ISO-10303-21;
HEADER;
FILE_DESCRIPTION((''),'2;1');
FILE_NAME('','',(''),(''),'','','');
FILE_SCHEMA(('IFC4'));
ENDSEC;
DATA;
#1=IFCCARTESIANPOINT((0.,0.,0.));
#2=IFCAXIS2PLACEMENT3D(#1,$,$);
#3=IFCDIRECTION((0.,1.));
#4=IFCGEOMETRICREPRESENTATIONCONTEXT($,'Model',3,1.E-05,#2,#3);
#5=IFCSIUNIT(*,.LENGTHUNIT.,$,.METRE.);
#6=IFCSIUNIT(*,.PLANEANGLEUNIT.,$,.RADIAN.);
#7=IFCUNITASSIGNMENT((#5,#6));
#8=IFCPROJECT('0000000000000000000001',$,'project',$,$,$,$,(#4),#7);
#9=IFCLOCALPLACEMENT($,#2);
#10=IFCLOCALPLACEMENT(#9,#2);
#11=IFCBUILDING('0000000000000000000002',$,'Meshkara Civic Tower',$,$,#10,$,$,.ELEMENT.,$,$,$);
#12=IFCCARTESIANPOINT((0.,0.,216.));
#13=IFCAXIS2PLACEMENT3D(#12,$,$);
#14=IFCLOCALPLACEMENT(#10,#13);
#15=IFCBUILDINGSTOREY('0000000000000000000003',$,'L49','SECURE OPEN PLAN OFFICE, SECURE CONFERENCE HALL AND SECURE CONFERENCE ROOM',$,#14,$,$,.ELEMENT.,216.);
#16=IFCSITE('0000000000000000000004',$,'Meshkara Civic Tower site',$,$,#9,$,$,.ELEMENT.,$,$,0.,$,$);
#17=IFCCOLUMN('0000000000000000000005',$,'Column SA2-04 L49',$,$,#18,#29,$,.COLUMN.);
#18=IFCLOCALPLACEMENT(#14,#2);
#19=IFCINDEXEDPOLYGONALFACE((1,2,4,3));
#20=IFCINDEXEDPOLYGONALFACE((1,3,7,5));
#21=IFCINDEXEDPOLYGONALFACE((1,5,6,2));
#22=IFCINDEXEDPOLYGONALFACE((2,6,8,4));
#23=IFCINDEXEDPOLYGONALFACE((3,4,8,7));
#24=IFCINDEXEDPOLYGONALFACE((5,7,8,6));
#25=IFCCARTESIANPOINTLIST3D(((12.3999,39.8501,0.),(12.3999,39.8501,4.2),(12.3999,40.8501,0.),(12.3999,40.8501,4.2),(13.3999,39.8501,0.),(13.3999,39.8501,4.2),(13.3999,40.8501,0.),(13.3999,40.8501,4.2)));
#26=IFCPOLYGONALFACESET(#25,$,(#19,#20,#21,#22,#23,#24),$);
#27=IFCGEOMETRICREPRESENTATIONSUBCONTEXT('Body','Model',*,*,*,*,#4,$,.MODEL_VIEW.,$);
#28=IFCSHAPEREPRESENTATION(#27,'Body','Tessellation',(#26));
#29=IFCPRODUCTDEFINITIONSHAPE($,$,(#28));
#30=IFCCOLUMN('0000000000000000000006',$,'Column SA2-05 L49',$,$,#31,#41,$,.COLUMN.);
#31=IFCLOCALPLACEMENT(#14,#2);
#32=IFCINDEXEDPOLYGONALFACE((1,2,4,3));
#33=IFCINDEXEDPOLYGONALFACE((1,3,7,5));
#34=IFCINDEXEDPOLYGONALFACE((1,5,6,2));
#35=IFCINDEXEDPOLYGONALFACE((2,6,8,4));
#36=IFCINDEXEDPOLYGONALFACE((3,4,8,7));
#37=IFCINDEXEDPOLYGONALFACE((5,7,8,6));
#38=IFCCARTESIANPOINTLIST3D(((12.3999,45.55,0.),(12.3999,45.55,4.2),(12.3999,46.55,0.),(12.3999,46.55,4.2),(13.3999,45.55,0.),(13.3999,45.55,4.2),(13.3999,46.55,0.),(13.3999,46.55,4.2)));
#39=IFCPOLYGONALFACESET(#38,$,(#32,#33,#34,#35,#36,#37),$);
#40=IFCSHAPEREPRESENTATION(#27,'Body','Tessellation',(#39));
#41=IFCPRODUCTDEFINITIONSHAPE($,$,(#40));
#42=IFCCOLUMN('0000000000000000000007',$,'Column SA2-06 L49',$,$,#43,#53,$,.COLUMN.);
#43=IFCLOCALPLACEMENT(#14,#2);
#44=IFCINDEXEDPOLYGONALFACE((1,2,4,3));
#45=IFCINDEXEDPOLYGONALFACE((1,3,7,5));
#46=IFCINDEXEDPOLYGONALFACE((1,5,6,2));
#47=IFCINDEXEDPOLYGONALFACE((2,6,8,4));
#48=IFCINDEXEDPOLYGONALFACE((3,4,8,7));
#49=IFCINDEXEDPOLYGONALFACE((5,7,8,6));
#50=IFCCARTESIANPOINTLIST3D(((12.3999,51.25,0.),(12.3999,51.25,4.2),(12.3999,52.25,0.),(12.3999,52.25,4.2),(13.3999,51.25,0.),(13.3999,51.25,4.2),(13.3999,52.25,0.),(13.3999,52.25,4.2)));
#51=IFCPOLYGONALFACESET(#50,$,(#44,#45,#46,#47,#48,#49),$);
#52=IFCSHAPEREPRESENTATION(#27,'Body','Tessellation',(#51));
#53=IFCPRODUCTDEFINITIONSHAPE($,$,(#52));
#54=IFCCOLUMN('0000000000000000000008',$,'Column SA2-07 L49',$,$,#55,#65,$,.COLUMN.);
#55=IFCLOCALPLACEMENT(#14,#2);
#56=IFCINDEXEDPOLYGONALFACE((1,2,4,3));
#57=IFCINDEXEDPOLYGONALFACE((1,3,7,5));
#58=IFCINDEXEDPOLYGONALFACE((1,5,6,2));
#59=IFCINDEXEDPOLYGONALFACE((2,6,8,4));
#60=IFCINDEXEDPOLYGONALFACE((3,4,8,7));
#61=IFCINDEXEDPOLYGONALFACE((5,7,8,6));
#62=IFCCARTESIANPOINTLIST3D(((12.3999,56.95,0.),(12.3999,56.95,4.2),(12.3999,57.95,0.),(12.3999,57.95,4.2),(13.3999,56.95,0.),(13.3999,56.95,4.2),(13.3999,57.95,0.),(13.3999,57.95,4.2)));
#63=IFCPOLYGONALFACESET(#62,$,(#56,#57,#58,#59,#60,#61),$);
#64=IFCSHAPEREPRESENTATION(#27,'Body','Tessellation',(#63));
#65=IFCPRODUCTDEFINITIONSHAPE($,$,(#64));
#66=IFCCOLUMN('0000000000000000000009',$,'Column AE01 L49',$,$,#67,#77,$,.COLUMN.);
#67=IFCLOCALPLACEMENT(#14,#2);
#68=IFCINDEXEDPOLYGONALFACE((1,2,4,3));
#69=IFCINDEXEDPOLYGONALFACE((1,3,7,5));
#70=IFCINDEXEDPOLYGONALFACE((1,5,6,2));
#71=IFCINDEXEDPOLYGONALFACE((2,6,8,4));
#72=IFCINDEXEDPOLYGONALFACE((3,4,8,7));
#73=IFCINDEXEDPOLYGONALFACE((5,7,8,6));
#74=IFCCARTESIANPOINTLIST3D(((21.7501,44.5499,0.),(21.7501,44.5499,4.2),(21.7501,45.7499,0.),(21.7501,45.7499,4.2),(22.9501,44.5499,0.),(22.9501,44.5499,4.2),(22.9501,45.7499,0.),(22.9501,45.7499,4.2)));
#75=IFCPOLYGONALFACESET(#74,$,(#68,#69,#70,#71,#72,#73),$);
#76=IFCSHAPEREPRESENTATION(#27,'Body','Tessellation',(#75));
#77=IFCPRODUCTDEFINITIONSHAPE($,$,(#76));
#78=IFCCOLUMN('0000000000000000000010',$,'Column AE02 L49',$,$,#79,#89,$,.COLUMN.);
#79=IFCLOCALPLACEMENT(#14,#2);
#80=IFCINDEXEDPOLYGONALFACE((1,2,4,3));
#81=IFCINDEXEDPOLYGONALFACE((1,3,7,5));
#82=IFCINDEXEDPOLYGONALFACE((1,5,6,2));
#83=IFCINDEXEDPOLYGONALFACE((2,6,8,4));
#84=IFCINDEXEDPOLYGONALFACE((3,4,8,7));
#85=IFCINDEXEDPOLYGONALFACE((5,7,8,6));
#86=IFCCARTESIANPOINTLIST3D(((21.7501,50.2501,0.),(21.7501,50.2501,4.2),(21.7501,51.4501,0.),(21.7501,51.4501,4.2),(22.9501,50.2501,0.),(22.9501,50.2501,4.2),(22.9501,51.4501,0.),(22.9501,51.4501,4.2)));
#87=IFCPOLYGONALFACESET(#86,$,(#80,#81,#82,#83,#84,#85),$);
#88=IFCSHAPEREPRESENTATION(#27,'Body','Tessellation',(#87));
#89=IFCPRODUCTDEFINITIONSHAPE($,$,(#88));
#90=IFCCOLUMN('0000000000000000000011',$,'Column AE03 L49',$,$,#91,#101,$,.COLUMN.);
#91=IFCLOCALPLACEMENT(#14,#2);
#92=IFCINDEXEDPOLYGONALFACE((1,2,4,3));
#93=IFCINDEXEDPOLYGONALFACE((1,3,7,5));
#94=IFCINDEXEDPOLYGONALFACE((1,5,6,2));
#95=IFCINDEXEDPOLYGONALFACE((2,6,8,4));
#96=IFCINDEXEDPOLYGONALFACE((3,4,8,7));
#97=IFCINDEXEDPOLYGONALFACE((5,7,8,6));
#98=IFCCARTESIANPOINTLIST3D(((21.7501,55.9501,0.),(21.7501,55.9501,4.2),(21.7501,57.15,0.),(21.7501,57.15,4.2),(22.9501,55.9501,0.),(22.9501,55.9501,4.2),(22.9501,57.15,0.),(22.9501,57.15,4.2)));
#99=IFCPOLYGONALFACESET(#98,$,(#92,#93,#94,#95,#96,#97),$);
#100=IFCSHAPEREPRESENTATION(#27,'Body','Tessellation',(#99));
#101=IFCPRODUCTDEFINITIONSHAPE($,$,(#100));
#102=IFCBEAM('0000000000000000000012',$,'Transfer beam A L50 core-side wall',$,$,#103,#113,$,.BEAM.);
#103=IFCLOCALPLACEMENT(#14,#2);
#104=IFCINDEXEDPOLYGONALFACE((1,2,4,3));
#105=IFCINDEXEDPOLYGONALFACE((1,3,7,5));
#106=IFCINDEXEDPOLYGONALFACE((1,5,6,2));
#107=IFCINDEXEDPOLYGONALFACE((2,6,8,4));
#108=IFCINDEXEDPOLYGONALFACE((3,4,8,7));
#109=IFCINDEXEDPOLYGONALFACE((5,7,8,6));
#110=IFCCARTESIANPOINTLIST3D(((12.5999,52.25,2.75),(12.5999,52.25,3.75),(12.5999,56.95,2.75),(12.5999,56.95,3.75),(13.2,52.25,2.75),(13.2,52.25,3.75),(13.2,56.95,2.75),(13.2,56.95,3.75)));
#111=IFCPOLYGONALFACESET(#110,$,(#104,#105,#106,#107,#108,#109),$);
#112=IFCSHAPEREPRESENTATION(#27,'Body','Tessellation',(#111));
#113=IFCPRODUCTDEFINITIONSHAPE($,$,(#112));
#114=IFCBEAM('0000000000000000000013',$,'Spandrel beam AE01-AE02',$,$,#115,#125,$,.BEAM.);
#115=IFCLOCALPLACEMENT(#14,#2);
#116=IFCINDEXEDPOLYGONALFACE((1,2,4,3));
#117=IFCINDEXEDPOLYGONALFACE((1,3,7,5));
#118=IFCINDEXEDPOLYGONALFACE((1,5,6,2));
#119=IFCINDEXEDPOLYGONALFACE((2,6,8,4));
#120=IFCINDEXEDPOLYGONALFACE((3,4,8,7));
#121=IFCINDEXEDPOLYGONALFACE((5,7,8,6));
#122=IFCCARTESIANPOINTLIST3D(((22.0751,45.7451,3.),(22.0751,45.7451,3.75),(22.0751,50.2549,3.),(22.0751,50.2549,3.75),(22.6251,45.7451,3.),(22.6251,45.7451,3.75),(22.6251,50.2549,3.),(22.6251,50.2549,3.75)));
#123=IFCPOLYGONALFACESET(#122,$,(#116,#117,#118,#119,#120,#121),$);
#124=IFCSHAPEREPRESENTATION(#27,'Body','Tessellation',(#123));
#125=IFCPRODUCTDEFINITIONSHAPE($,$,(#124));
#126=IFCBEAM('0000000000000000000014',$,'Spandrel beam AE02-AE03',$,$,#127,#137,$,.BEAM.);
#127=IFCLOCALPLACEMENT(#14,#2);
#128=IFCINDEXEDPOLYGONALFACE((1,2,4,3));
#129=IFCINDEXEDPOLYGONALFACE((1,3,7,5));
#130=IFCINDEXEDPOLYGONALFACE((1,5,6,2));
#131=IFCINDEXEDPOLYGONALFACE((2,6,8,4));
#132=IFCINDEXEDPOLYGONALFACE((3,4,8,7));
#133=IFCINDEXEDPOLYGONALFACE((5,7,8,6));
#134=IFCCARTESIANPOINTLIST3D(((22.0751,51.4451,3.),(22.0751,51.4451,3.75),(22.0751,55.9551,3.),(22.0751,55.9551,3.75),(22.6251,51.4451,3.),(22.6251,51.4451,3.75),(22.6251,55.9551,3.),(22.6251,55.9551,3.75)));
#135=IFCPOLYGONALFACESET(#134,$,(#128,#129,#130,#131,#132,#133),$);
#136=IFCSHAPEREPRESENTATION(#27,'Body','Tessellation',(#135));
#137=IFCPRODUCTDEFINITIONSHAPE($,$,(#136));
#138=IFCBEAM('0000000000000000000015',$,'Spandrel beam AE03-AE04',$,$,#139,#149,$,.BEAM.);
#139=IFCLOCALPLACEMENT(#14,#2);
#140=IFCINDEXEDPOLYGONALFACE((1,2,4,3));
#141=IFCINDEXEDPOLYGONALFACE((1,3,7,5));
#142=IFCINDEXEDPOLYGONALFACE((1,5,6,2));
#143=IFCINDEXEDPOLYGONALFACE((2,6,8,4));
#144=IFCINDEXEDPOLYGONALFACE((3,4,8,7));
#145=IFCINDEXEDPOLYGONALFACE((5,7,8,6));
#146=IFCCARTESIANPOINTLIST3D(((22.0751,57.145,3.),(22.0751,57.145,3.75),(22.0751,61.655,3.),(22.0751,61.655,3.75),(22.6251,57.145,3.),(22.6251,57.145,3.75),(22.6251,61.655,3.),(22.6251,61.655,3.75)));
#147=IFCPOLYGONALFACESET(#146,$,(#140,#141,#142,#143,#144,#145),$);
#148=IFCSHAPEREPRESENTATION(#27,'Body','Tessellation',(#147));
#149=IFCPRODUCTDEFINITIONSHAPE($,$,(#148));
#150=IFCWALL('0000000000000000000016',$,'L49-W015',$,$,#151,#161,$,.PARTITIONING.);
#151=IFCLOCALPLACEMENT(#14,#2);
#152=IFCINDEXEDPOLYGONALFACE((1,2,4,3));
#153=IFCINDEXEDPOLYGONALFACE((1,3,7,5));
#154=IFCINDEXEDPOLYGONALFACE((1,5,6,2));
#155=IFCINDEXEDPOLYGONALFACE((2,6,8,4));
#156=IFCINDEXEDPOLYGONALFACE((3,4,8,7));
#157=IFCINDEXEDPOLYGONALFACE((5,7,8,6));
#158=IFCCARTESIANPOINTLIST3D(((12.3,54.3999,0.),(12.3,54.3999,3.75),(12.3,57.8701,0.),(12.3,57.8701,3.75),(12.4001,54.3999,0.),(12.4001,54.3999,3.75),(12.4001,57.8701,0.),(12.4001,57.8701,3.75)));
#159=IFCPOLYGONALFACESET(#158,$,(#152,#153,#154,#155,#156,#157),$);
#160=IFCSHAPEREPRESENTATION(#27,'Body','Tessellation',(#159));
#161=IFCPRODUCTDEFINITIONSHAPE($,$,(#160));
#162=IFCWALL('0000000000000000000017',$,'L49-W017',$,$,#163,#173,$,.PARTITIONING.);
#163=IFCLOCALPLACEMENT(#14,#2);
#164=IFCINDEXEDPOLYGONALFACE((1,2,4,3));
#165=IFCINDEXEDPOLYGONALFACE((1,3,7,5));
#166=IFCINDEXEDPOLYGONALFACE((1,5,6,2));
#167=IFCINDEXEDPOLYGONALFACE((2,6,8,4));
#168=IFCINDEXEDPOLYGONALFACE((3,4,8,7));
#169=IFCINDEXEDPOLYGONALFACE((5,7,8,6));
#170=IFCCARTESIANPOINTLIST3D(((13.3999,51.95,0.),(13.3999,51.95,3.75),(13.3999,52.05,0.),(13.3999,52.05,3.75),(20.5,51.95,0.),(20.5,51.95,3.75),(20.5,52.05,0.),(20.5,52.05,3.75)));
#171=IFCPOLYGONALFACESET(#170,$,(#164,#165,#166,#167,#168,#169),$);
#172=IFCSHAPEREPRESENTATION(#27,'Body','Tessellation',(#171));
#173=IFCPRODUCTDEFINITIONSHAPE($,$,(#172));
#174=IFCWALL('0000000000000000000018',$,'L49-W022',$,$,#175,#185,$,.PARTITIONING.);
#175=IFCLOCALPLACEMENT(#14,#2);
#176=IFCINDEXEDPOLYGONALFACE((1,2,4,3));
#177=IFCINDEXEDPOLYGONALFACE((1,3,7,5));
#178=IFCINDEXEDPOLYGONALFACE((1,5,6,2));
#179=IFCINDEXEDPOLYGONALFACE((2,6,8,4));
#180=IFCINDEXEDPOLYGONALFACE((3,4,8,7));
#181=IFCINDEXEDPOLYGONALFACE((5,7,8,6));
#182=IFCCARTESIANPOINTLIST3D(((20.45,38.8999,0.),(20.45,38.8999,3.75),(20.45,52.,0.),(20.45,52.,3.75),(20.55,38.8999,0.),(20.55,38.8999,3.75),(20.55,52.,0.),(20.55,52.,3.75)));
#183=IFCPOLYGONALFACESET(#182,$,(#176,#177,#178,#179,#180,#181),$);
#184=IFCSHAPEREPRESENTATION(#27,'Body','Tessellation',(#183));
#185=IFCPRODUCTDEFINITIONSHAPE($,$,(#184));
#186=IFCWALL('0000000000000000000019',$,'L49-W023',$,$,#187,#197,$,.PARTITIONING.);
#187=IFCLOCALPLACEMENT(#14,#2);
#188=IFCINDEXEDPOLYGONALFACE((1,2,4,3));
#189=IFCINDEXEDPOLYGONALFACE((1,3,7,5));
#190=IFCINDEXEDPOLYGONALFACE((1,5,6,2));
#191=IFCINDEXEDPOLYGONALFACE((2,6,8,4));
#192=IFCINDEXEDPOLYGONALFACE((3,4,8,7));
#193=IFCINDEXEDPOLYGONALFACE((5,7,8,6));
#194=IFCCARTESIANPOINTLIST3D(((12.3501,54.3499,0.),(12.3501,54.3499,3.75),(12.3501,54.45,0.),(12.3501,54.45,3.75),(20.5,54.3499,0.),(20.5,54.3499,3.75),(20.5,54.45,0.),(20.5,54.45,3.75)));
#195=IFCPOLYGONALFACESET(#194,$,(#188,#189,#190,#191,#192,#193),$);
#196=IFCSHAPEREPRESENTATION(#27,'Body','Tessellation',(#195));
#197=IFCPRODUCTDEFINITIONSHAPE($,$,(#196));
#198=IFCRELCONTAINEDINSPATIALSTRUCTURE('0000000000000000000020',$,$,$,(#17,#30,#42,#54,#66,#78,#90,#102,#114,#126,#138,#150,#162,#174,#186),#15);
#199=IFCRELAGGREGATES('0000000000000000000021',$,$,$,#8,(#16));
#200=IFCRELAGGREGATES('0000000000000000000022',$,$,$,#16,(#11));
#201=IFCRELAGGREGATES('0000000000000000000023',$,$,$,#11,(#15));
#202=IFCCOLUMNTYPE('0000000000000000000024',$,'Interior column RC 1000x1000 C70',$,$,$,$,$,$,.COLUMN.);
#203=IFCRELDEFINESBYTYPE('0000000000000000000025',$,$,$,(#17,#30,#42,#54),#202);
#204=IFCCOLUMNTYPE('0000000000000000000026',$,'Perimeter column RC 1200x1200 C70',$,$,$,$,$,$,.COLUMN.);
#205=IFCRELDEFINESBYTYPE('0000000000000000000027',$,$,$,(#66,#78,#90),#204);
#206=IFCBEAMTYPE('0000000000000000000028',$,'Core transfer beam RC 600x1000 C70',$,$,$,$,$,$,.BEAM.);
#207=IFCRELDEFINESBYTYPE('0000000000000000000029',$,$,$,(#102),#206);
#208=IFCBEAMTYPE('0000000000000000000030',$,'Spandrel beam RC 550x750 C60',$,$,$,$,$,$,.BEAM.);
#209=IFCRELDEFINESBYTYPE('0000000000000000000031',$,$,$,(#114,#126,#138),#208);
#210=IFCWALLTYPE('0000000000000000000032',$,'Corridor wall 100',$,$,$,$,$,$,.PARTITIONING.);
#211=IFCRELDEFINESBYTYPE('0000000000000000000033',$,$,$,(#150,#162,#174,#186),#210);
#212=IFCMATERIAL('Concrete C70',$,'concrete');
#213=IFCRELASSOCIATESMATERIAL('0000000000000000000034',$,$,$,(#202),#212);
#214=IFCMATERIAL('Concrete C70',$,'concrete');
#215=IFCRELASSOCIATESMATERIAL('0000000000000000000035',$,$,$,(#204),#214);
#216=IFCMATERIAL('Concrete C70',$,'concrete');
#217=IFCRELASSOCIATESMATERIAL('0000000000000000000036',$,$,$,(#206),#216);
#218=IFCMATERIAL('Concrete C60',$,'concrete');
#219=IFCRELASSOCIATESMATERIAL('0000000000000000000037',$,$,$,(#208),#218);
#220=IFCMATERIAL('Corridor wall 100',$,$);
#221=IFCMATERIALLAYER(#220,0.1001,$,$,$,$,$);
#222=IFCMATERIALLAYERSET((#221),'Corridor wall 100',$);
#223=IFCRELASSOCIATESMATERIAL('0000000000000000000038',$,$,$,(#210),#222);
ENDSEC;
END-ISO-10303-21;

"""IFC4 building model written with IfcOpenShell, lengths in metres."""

from ifc_helpers import new_model, si_unit, direction, frame, frame_2d, origin, origin_2d, place, context, subcontext, project, spatial, rectangle, extrude, material, layer, layer_set, material_profile, profile_set, type_object, element, save


model = new_model("IFC4")

# Units and contexts
model_context = context("Model", 3, precision=1e-05, world=origin(), true_north=direction((0.0, 1.0)))
body_context = subcontext(model_context, "Body", "Model", "MODEL_VIEW")
ifc_project = project(units=[si_unit("LENGTHUNIT", "METRE"), si_unit("PLANEANGLEUNIT", "RADIAN")], contexts=[model_context])

# Site, building, storey
site_placement = place(None, origin())
site = spatial("IfcSite", under=ifc_project, at=site_placement, Name="Meshkara Civic Tower site", CompositionType="ELEMENT", RefElevation=0.0)
building_placement = place(site_placement, origin())
building = spatial("IfcBuilding", under=site, at=building_placement, Name="Meshkara Civic Tower", CompositionType="ELEMENT")
storey_placement = place(building_placement, frame((0.0, 0.0, 216.0)))
storey = spatial("IfcBuildingStorey", under=building, at=storey_placement, Name="L49", Description="SECURE OPEN PLAN OFFICE, SECURE CONFERENCE HALL AND SECURE CONFERENCE ROOM", CompositionType="ELEMENT", Elevation=216.0)

# Columns
ifc_material_1 = material(Name="Concrete C70", Category="concrete")
ifc_material_profile_1 = material_profile(ifc_material_1, rectangle(XDim=1.0, YDim=1.0, at=origin_2d()))
ifc_profile_set_1 = profile_set([ifc_material_profile_1], Name="Concrete C70")
column_type_1 = type_object("IfcColumnType", Name="Interior column RC 1000x1000 C70", PredefinedType="COLUMN", material=ifc_profile_set_1)
for number, where, z_axis, x_axis, name in (
    (1, (12.8999, 40.3501, 0.0), (0.0, 0.0, 1.0), (1.0, 0.0, 0.0), "Column SA2-04 L49"),
    (2, (12.8999, 46.05, 0.0), (0.0, 0.0, 1.0), (1.0, 0.0, 0.0), "Column SA2-05 L49"),
    (3, (12.8999, 51.75, 0.0), (0.0, 0.0, 1.0), (1.0, 0.0, 0.0), "Column SA2-06 L49"),
    (4, (12.8999, 57.45, 0.0), (0.0, 0.0, 1.0), (1.0, 0.0, 0.0), "Column SA2-07 L49"),
):
    element("IfcColumn", number, at=place(storey_placement, frame(where, z_axis=z_axis, x_axis=x_axis)), inside=storey, type_object=column_type_1, Name=name, PredefinedType="COLUMN", context=body_context, shape_type="SweptSolid", body=[
        extrude(rectangle(XDim=1.0, YDim=1.0, at=origin_2d()), origin(), (0.0, 0.0, 1.0), 4.2),
    ])
ifc_material_2 = material(Name="Concrete C70", Category="concrete")
ifc_material_profile_2 = material_profile(ifc_material_2, rectangle(XDim=1.2, YDim=1.2, at=origin_2d()))
ifc_profile_set_2 = profile_set([ifc_material_profile_2], Name="Concrete C70")
column_type_2 = type_object("IfcColumnType", Name="Perimeter column RC 1200x1200 C70", PredefinedType="COLUMN", material=ifc_profile_set_2)
for number, where, z_axis, x_axis, name in (
    (5, (22.3501, 45.1499, 0.0), (0.0, 0.0, 1.0), (1.0, 0.0, 0.0), "Column AE01 L49"),
    (6, (22.3501, 50.8501, 0.0), (0.0, 0.0, 1.0), (1.0, 0.0, 0.0), "Column AE02 L49"),
    (7, (22.3501, 56.55, 0.0), (0.0, 0.0, 1.0), (1.0, 0.0, 0.0), "Column AE03 L49"),
):
    element("IfcColumn", number, at=place(storey_placement, frame(where, z_axis=z_axis, x_axis=x_axis)), inside=storey, type_object=column_type_2, Name=name, PredefinedType="COLUMN", context=body_context, shape_type="SweptSolid", body=[
        extrude(rectangle(XDim=1.2, YDim=1.2, at=origin_2d()), origin(), (0.0, 0.0, 1.0), 4.2),
    ])

# Beams
ifc_material_3 = material(Name="Concrete C70", Category="concrete")
ifc_material_profile_3 = material_profile(ifc_material_3, rectangle(XDim=0.6001, YDim=1.0, at=origin_2d()))
ifc_profile_set_3 = profile_set([ifc_material_profile_3], Name="Concrete C70")
beam_type_1 = type_object("IfcBeamType", Name="Core transfer beam RC 600x1000 C70", PredefinedType="BEAM", material=ifc_profile_set_3)
beam_1_placement = place(storey_placement, frame((12.8999, 52.25, 3.25), z_axis=(0.0, 1.0, 0.0), x_axis=(-1.0, 0.0, 0.0)))
element("IfcBeam", 8, at=beam_1_placement, inside=storey, type_object=beam_type_1, Name="Transfer beam A L50 core-side wall", PredefinedType="BEAM", context=body_context, shape_type="SweptSolid", body=[
    extrude(rectangle(XDim=0.6001, YDim=1.0, at=origin_2d()), origin(), (0.0, 0.0, 1.0), 4.7),
])
ifc_material_4 = material(Name="Concrete C60", Category="concrete")
ifc_material_profile_4 = material_profile(ifc_material_4, rectangle(XDim=0.55, YDim=0.75, at=origin_2d()))
ifc_profile_set_4 = profile_set([ifc_material_profile_4], Name="Concrete C60")
beam_type_2 = type_object("IfcBeamType", Name="Spandrel beam RC 550x750 C60", PredefinedType="BEAM", material=ifc_profile_set_4)
beam_2_placement = place(storey_placement, frame((22.3501, 45.7451, 3.375), z_axis=(0.0, 1.0, 0.0), x_axis=(-1.0, 0.0, 0.0)))
element("IfcBeam", 9, at=beam_2_placement, inside=storey, type_object=beam_type_2, Name="Spandrel beam AE01-AE02", PredefinedType="BEAM", context=body_context, shape_type="SweptSolid", body=[
    extrude(rectangle(XDim=0.55, YDim=0.75, at=origin_2d()), origin(), (0.0, 0.0, 1.0), 4.5098),
])
for number, where, z_axis, x_axis, name in (
    (10, (22.3501, 51.4451, 3.375), (0.0, 1.0, 0.0), (-1.0, 0.0, 0.0), "Spandrel beam AE02-AE03"),
    (11, (22.3501, 57.145, 3.375), (0.0, 1.0, 0.0), (-1.0, 0.0, 0.0), "Spandrel beam AE03-AE04"),
):
    element("IfcBeam", number, at=place(storey_placement, frame(where, z_axis=z_axis, x_axis=x_axis)), inside=storey, type_object=beam_type_2, Name=name, PredefinedType="BEAM", context=body_context, shape_type="SweptSolid", body=[
        extrude(rectangle(XDim=0.55, YDim=0.75, at=origin_2d()), origin(), (0.0, 0.0, 1.0), 4.51),
    ])

# Walls
ifc_material_5 = material(Name="Corridor wall 100")
ifc_layer_1 = layer(ifc_material_5, 0.1001)
ifc_layer_set_1 = layer_set([ifc_layer_1], Name="Corridor wall 100")
wall_type_1 = type_object("IfcWallType", Name="Corridor wall 100", PredefinedType="PARTITIONING", material=ifc_layer_set_1)
wall_1_placement = place(storey_placement, frame((12.3501, 54.3999, 0.0), z_axis=(0.0, 0.0, 1.0), x_axis=(0.0, 1.0, 0.0)))
element("IfcWall", 12, at=wall_1_placement, inside=storey, type_object=wall_type_1, Name="L49-W015", PredefinedType="PARTITIONING", context=body_context, shape_type="SweptSolid", body=[
    extrude(rectangle(XDim=3.4702, YDim=0.1001, at=frame_2d((1.7351, 0.0))), origin(), (0.0, 0.0, 1.0), 3.75),
])
wall_2_placement = place(storey_placement, frame((13.3999, 52.0, 0.0), z_axis=(0.0, 0.0, 1.0), x_axis=(1.0, 0.0, 0.0)))
element("IfcWall", 13, at=wall_2_placement, inside=storey, type_object=wall_type_1, Name="L49-W017", PredefinedType="PARTITIONING", context=body_context, shape_type="SweptSolid", body=[
    extrude(rectangle(XDim=7.1001, YDim=0.1001, at=frame_2d((3.55, 0.0))), origin(), (0.0, 0.0, 1.0), 3.75),
])
wall_3_placement = place(storey_placement, frame((20.5, 52.0, 0.0), z_axis=(0.0, 0.0, 1.0), x_axis=(0.0, -1.0, 0.0)))
element("IfcWall", 14, at=wall_3_placement, inside=storey, type_object=wall_type_1, Name="L49-W022", PredefinedType="PARTITIONING", context=body_context, shape_type="SweptSolid", body=[
    extrude(rectangle(XDim=13.1001, YDim=0.1001, at=frame_2d((6.55, 0.0))), origin(), (0.0, 0.0, 1.0), 3.75),
])
wall_4_placement = place(storey_placement, frame((20.5, 54.3999, 0.0), z_axis=(0.0, 0.0, 1.0), x_axis=(-1.0, 0.0, 0.0)))
element("IfcWall", 15, at=wall_4_placement, inside=storey, type_object=wall_type_1, Name="L49-W023", PredefinedType="PARTITIONING", context=body_context, shape_type="SweptSolid", body=[
    extrude(rectangle(XDim=8.1499, YDim=0.1001, at=frame_2d((4.075, 0.0))), origin(), (0.0, 0.0, 1.0), 3.75),
])

save(model, "model.ifc")
